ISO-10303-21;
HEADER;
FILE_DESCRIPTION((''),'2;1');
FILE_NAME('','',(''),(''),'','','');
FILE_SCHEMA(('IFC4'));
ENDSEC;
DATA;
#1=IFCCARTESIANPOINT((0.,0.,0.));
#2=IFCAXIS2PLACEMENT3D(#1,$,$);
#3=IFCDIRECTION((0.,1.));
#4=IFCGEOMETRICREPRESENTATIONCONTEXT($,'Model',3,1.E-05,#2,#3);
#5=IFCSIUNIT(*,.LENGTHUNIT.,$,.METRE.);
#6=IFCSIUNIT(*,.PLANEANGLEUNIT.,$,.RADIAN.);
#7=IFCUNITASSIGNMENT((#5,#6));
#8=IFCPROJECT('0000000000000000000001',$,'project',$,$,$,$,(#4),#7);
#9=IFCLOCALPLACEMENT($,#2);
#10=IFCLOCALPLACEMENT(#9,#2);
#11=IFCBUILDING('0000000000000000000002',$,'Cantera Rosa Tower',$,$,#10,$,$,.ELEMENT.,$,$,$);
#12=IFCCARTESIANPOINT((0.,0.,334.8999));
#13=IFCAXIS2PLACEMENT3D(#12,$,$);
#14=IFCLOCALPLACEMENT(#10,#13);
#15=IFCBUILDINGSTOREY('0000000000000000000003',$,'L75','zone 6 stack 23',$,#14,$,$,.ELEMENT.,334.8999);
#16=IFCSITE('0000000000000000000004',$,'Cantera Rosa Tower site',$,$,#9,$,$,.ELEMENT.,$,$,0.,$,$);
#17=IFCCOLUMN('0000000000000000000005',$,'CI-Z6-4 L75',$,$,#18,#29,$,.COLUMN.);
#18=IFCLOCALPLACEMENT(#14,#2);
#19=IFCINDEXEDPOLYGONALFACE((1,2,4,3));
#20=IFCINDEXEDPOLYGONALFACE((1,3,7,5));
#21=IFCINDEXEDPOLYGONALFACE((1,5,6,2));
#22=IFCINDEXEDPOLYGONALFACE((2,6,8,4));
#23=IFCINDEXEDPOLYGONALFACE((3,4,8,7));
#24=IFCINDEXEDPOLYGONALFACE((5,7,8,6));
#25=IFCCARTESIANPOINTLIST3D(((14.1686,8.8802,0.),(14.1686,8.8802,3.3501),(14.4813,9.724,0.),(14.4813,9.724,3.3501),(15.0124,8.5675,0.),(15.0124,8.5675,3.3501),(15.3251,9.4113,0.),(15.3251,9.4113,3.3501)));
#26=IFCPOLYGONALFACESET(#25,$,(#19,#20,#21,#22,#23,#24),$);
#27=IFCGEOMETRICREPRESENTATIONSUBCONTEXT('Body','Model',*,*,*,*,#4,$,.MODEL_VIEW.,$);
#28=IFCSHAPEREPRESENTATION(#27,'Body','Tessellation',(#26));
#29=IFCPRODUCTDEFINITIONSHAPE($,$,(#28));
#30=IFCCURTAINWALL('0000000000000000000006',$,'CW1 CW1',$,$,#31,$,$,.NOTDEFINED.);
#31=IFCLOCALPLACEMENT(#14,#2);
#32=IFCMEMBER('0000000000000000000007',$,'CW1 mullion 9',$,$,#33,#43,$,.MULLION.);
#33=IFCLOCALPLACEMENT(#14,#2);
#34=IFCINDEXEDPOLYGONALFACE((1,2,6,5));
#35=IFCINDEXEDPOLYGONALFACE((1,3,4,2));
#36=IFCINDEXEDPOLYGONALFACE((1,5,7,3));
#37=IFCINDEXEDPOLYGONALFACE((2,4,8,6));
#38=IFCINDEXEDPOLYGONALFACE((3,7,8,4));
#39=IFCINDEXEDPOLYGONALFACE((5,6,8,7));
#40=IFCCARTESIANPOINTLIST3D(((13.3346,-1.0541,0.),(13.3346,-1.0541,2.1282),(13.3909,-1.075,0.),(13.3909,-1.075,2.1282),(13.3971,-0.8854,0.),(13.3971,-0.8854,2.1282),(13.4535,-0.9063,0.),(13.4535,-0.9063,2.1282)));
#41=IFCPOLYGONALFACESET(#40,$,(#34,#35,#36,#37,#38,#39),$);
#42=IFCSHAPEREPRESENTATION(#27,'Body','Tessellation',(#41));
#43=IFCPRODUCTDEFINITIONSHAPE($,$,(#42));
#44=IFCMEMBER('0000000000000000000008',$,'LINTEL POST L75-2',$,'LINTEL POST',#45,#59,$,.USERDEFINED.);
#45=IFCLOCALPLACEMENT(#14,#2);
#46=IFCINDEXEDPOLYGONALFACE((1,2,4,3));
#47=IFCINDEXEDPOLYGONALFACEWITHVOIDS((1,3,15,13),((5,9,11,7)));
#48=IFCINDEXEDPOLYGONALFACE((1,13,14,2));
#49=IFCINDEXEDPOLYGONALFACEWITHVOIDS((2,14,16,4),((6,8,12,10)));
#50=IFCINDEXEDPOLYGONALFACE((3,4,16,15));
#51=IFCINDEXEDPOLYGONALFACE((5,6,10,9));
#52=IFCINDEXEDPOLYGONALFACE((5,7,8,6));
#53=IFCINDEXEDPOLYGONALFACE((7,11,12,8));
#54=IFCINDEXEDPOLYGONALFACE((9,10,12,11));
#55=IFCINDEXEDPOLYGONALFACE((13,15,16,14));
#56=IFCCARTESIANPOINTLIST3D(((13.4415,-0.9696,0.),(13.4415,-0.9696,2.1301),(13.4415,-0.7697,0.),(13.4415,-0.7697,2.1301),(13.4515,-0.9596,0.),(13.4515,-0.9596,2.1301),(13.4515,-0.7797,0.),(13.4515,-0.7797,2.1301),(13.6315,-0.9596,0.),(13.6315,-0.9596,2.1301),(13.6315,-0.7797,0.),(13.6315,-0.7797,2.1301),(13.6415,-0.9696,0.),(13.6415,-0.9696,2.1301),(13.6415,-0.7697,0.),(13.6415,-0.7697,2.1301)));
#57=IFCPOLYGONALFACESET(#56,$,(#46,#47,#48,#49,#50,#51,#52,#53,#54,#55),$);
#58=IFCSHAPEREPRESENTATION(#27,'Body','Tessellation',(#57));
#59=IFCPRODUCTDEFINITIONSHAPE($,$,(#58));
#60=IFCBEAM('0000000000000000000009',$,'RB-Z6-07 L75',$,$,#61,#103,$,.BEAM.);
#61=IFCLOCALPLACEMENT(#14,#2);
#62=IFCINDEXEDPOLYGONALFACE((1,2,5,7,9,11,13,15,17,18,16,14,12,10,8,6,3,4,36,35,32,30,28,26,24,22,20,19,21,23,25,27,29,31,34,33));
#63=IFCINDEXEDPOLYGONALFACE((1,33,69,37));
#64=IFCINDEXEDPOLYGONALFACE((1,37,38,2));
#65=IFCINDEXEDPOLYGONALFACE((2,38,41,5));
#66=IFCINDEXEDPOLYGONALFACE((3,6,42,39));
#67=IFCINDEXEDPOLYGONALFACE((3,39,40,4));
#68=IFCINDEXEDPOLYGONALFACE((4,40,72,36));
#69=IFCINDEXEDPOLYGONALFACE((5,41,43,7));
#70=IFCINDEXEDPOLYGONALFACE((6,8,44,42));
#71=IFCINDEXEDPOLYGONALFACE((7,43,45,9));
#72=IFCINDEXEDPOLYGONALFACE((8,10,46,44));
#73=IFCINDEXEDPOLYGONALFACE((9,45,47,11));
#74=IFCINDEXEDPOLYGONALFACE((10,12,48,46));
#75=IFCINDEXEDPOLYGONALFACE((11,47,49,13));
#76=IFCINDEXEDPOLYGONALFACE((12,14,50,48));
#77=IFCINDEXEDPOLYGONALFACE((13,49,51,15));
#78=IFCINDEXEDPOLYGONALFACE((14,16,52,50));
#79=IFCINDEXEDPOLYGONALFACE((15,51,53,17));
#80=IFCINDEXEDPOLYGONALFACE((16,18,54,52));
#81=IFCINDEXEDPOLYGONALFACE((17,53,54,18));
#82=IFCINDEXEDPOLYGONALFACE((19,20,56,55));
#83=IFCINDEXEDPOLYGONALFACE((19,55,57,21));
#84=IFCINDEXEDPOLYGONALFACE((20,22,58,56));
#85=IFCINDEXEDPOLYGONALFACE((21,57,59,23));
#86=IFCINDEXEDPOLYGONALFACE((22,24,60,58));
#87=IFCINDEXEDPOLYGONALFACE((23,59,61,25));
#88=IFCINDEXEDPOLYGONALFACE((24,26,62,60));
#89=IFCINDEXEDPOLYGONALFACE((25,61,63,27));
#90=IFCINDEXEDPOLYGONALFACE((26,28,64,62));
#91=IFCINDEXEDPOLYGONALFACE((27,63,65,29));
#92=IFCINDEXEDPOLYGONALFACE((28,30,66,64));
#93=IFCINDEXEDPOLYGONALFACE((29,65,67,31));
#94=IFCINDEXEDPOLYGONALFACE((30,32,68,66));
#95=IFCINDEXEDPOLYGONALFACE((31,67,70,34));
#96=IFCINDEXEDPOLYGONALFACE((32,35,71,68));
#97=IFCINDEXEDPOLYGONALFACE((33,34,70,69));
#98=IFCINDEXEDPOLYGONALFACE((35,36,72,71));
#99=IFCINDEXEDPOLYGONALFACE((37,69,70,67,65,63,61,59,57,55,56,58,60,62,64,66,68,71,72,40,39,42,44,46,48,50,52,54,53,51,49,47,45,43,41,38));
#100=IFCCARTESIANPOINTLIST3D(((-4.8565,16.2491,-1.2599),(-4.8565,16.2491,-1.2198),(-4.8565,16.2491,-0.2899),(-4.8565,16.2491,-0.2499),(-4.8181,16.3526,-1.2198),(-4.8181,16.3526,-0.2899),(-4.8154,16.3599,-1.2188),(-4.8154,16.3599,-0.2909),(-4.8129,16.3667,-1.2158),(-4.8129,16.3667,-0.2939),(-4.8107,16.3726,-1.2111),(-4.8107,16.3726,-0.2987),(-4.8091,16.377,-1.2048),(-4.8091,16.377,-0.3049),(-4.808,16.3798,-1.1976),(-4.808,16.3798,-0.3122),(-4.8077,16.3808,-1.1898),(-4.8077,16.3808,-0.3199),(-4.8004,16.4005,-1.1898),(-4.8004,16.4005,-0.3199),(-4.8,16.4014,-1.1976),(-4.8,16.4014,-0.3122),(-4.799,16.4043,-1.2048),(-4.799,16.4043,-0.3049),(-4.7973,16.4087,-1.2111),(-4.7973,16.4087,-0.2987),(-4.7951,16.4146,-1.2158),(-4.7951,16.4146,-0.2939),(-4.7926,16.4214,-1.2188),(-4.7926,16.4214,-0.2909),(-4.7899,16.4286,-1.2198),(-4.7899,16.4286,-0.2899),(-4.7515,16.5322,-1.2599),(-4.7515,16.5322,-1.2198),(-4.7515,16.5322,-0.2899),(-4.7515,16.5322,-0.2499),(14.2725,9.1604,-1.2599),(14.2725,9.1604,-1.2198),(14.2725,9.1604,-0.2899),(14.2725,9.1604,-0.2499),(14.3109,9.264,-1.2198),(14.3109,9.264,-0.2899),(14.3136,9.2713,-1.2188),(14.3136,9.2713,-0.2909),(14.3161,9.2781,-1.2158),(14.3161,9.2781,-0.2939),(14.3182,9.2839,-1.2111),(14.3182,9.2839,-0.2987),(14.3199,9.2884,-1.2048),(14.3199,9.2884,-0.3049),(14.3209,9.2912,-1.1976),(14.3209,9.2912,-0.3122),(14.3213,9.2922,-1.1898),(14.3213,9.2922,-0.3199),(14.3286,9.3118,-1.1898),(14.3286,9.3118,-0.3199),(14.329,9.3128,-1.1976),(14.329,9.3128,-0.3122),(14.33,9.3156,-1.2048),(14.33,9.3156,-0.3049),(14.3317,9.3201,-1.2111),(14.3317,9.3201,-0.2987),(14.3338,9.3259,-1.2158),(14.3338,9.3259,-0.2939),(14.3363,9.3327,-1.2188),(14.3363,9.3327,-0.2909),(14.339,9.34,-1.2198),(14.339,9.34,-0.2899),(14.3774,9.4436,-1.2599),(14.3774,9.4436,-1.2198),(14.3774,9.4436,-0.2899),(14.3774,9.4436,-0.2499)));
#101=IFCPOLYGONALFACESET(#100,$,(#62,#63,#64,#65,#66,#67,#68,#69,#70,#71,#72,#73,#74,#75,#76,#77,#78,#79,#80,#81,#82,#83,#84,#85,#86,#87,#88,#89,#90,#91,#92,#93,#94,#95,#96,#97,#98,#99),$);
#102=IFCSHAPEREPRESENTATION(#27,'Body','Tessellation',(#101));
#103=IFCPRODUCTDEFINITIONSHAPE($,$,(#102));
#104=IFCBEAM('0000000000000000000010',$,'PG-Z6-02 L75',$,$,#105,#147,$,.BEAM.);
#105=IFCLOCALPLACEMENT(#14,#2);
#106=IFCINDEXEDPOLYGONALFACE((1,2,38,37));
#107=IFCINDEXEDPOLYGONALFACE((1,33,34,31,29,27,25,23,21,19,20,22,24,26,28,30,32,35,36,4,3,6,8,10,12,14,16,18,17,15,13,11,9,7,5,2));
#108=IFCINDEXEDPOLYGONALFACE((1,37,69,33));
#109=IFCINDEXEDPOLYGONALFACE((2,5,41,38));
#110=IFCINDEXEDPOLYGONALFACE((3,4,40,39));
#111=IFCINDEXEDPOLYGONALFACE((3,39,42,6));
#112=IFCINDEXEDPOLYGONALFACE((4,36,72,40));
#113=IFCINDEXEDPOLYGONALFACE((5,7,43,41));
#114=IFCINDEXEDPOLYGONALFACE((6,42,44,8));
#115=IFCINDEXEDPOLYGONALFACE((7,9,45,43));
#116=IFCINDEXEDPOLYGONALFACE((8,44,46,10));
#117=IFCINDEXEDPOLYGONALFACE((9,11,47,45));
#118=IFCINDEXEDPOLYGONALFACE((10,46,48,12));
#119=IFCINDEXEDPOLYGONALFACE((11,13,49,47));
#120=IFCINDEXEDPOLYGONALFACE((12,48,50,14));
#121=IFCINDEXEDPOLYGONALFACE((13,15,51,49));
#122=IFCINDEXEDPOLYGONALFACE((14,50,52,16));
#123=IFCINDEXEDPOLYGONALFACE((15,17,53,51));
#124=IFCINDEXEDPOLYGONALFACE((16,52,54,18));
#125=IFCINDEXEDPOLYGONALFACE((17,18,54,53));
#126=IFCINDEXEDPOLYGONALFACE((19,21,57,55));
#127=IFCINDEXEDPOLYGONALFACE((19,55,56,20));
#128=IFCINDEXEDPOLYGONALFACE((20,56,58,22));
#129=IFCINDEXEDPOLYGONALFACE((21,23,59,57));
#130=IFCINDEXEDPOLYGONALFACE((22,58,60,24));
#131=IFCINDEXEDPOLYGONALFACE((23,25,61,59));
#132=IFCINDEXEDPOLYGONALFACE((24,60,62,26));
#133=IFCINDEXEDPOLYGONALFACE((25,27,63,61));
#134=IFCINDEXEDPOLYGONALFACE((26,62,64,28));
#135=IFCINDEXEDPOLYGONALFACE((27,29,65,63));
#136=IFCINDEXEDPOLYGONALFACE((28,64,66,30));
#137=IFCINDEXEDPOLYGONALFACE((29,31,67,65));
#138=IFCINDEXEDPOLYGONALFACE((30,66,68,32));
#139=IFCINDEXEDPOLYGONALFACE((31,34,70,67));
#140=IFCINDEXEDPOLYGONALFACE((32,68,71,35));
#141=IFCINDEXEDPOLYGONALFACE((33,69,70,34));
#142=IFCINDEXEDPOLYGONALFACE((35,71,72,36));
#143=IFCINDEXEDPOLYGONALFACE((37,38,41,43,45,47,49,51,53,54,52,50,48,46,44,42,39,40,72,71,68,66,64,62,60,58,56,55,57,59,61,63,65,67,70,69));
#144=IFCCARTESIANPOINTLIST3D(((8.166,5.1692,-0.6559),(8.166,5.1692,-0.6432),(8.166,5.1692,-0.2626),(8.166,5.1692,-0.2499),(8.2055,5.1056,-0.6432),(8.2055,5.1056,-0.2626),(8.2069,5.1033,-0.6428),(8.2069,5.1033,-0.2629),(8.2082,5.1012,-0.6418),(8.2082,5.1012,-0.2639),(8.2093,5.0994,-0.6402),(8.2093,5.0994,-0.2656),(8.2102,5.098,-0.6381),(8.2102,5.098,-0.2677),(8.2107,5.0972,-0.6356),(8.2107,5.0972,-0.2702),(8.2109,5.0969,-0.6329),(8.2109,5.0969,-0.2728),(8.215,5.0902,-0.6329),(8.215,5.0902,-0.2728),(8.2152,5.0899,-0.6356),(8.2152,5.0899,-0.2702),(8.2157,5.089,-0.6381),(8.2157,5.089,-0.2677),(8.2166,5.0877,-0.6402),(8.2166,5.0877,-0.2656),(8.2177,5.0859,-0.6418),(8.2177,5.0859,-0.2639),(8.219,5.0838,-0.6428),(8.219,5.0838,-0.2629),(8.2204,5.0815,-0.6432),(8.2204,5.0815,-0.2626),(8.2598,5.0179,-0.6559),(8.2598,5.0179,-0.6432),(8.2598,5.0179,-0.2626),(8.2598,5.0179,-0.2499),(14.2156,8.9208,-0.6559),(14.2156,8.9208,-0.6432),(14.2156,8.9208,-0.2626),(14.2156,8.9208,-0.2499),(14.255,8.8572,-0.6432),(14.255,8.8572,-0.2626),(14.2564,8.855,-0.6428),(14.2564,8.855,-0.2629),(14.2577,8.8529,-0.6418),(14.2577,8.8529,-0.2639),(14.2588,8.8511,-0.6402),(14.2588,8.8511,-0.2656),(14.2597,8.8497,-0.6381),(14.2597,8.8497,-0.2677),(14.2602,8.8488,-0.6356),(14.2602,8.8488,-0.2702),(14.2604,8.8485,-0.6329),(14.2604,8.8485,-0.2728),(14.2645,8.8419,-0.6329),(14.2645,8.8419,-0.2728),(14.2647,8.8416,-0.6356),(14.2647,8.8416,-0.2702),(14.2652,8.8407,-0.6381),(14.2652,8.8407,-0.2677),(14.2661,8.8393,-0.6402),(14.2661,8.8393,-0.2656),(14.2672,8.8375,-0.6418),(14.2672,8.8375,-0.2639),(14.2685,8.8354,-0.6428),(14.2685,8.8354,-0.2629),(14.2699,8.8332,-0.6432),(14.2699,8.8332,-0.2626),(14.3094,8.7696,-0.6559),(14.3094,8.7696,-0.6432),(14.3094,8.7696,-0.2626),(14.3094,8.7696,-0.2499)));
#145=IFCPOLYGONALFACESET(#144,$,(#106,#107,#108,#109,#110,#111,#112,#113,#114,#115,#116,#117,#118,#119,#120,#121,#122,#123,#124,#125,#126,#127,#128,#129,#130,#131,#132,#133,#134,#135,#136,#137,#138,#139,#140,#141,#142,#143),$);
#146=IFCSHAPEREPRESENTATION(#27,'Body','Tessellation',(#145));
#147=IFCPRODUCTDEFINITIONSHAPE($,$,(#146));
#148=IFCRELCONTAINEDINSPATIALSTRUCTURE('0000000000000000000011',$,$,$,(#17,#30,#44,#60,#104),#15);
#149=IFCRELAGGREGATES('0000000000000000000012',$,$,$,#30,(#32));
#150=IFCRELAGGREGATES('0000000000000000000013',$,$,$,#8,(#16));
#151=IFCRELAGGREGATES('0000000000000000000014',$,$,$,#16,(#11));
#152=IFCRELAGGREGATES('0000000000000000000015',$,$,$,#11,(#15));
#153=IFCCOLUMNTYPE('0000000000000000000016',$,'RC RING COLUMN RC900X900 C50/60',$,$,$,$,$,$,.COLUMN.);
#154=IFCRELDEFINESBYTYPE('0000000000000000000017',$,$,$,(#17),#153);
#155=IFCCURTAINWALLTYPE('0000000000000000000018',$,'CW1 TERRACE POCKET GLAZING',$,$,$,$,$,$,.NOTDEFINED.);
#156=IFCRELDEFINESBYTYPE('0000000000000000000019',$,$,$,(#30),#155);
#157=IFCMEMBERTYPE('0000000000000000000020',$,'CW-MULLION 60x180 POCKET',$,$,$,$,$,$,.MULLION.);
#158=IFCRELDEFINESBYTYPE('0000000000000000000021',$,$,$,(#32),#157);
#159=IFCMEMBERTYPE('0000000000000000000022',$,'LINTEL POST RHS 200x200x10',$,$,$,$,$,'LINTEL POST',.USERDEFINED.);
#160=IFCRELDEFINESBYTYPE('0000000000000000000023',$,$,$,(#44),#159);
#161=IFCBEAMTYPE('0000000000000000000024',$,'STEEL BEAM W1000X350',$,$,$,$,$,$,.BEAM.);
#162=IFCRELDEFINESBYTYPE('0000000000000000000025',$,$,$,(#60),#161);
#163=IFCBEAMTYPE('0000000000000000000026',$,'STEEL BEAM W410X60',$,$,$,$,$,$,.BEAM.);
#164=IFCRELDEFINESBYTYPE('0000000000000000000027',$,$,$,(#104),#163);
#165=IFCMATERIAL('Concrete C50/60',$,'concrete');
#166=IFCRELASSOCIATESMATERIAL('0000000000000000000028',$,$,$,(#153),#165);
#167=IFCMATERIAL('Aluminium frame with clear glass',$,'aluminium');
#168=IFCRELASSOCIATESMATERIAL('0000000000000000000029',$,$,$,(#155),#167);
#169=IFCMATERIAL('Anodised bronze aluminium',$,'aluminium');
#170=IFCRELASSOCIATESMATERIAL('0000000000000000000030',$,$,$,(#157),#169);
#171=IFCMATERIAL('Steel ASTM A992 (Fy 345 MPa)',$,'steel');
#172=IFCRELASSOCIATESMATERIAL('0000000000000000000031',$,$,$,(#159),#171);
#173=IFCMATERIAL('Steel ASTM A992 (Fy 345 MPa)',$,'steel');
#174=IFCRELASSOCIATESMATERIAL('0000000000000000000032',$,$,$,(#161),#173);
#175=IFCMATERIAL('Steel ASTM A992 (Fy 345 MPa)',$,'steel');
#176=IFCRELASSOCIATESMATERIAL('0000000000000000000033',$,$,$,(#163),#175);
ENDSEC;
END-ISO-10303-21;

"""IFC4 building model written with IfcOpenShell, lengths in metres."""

from ifc_helpers import new_model, si_unit, direction, frame, origin, origin_2d, place, context, subcontext, project, spatial, rectangle, hollow_rectangle, i_section, extrude, material, material_profile, profile_set, type_object, element, aggregate, save


model = new_model("IFC4")

# Units and contexts
model_context = context("Model", 3, precision=1e-05, world=origin(), true_north=direction((0.0, 1.0)))
body_context = subcontext(model_context, "Body", "Model", "MODEL_VIEW")
ifc_project = project(units=[si_unit("LENGTHUNIT", "METRE"), si_unit("PLANEANGLEUNIT", "RADIAN")], contexts=[model_context])

# Site, building, storey
site_placement = place(None, origin())
site = spatial("IfcSite", under=ifc_project, at=site_placement, Name="Cantera Rosa Tower site", CompositionType="ELEMENT", RefElevation=0.0)
building_placement = place(site_placement, origin())
building = spatial("IfcBuilding", under=site, at=building_placement, Name="Cantera Rosa Tower", CompositionType="ELEMENT")
storey_placement = place(building_placement, frame((0.0, 0.0, 334.8999)))
storey = spatial("IfcBuildingStorey", under=building, at=storey_placement, Name="L75", Description="zone 6 stack 23", CompositionType="ELEMENT", Elevation=334.8999)

# Column
ifc_material_1 = material(Name="Concrete C50/60", Category="concrete")
ifc_material_profile_1 = material_profile(ifc_material_1, rectangle(XDim=0.8999, YDim=0.8999, at=origin_2d()), Name="RC RING COLUMN RC900X900 C50/60")
ifc_profile_set_1 = profile_set([ifc_material_profile_1], Name="Concrete C50/60")
column_type = type_object("IfcColumnType", Name="RC RING COLUMN RC900X900 C50/60", PredefinedType="COLUMN", material=ifc_profile_set_1)
column_placement = place(storey_placement, frame((14.7468, 9.1458, 0.0), z_axis=(0.0, 0.0, 1.0), x_axis=(0.347481, 0.937687, 0.0)))
element("IfcColumn", 1, at=column_placement, inside=storey, type_object=column_type, Name="CI-Z6-4 L75", PredefinedType="COLUMN", context=body_context, shape_type="SweptSolid", body=[
    extrude(rectangle(XDim=0.8999, YDim=0.8999, at=origin_2d()), origin(), (0.0, 0.0, 1.0), 3.3501),
])

# Curtain wall, member
ifc_material_2 = material(Name="Aluminium frame with clear glass", Category="aluminium")
curtain_wall_type = type_object("IfcCurtainWallType", Name="CW1 TERRACE POCKET GLAZING", PredefinedType="NOTDEFINED", material=ifc_material_2)
curtain_wall_placement = place(storey_placement, origin())
curtain_wall = element("IfcCurtainWall", 2, at=curtain_wall_placement, inside=storey, type_object=curtain_wall_type, Name="CW1 CW1", PredefinedType="NOTDEFINED")
ifc_material_3 = material(Name="Anodised bronze aluminium", Category="aluminium")
ifc_material_profile_2 = material_profile(ifc_material_3, rectangle(XDim=0.0601, YDim=0.1799, at=origin_2d()), Name="CW-MULLION 60x180 POCKET")
ifc_profile_set_2 = profile_set([ifc_material_profile_2], Name="Anodised bronze aluminium")
member_type_1 = type_object("IfcMemberType", Name="CW-MULLION 60x180 POCKET", PredefinedType="MULLION", material=ifc_profile_set_2)
member_1_placement = place(storey_placement, frame((13.394, -0.9802, 0.0), z_axis=(0.0, 0.0, 1.0), x_axis=(-0.937687, 0.347481, 0.0)))
member_1 = element("IfcMember", 3, at=member_1_placement, type_object=member_type_1, Name="CW1 mullion 9", PredefinedType="MULLION", context=body_context, shape_type="SweptSolid", body=[
    extrude(rectangle(XDim=0.0601, YDim=0.1799, at=origin_2d()), origin(), (0.0, 0.0, 1.0), 2.1282),
])

# Member
ifc_material_4 = material(Name="Steel ASTM A992 (Fy 345 MPa)", Category="steel")
ifc_material_profile_3 = material_profile(ifc_material_4, hollow_rectangle(XDim=0.2, YDim=0.2, WallThickness=0.01, at=origin_2d()), Name="LINTEL POST RHS 200x200x10")
ifc_profile_set_3 = profile_set([ifc_material_profile_3], Name="Steel ASTM A992 (Fy 345 MPa)")
member_type_2 = type_object("IfcMemberType", Name="LINTEL POST RHS 200x200x10", ElementType="LINTEL POST", PredefinedType="USERDEFINED", material=ifc_profile_set_3)
member_2_placement = place(storey_placement, frame((13.5415, -0.8696, 0.0), z_axis=(0.0, 0.0, 1.0), x_axis=(1.0, 0.0, 0.0)))
element("IfcMember", 4, at=member_2_placement, inside=storey, type_object=member_type_2, Name="LINTEL POST L75-2", ObjectType="LINTEL POST", PredefinedType="USERDEFINED", context=body_context, shape_type="SweptSolid", body=[
    extrude(hollow_rectangle(XDim=0.2, YDim=0.2, WallThickness=0.01, at=origin_2d()), origin(), (0.0, 0.0, 1.0), 2.1301),
])

# Beams
ifc_material_5 = material(Name="Steel ASTM A992 (Fy 345 MPa)", Category="steel")
ifc_material_profile_4 = material_profile(ifc_material_5, i_section(OverallWidth=0.302, OverallDepth=1.01, WebThickness=0.021, FlangeThickness=0.04, FilletRadius=0.03, at=origin_2d()), Name="W1000X350")
ifc_profile_set_4 = profile_set([ifc_material_profile_4], Name="Steel ASTM A992 (Fy 345 MPa)")
beam_type_1 = type_object("IfcBeamType", Name="STEEL BEAM W1000X350", PredefinedType="BEAM", material=ifc_profile_set_4)
beam_1_placement = place(storey_placement, frame((14.325, 9.302, -0.7549), z_axis=(-0.937687, 0.34748, 0.0), x_axis=(-0.34748, -0.937687, 0.0)))
element("IfcBeam", 5, at=beam_1_placement, inside=storey, type_object=beam_type_1, Name="RB-Z6-07 L75", PredefinedType="BEAM", context=body_context, shape_type="SweptSolid", body=[
    extrude(i_section(OverallWidth=0.302, OverallDepth=1.01, WebThickness=0.021, FlangeThickness=0.04, FilletRadius=0.03, at=origin_2d()), origin(), (0.0, 0.0, 1.0), 20.4001),
])
ifc_material_6 = material(Name="Steel ASTM A992 (Fy 345 MPa)", Category="steel")
ifc_material_profile_5 = material_profile(ifc_material_6, i_section(OverallWidth=0.178, OverallDepth=0.406, WebThickness=0.0078, FlangeThickness=0.0127, FilletRadius=0.0103, at=origin_2d()), Name="W410X60")
ifc_profile_set_5 = profile_set([ifc_material_profile_5], Name="Steel ASTM A992 (Fy 345 MPa)")
beam_type_2 = type_object("IfcBeamType", Name="STEEL BEAM W410X60", PredefinedType="BEAM", material=ifc_profile_set_5)
beam_2_placement = place(storey_placement, frame((14.2625, 8.8452, -0.4529), z_axis=(-0.849841, -0.527039, 0.0), x_axis=(0.527039, -0.849841, 0.0)))
element("IfcBeam", 6, at=beam_2_placement, inside=storey, type_object=beam_type_2, Name="PG-Z6-02 L75", PredefinedType="BEAM", context=body_context, shape_type="SweptSolid", body=[
    extrude(i_section(OverallWidth=0.178, OverallDepth=0.406, WebThickness=0.0078, FlangeThickness=0.0127, FilletRadius=0.0103, at=origin_2d()), origin(), (0.0, 0.0, 1.0), 7.1184),
])

aggregate(curtain_wall, [member_1])

save(model, "model.ifc")
